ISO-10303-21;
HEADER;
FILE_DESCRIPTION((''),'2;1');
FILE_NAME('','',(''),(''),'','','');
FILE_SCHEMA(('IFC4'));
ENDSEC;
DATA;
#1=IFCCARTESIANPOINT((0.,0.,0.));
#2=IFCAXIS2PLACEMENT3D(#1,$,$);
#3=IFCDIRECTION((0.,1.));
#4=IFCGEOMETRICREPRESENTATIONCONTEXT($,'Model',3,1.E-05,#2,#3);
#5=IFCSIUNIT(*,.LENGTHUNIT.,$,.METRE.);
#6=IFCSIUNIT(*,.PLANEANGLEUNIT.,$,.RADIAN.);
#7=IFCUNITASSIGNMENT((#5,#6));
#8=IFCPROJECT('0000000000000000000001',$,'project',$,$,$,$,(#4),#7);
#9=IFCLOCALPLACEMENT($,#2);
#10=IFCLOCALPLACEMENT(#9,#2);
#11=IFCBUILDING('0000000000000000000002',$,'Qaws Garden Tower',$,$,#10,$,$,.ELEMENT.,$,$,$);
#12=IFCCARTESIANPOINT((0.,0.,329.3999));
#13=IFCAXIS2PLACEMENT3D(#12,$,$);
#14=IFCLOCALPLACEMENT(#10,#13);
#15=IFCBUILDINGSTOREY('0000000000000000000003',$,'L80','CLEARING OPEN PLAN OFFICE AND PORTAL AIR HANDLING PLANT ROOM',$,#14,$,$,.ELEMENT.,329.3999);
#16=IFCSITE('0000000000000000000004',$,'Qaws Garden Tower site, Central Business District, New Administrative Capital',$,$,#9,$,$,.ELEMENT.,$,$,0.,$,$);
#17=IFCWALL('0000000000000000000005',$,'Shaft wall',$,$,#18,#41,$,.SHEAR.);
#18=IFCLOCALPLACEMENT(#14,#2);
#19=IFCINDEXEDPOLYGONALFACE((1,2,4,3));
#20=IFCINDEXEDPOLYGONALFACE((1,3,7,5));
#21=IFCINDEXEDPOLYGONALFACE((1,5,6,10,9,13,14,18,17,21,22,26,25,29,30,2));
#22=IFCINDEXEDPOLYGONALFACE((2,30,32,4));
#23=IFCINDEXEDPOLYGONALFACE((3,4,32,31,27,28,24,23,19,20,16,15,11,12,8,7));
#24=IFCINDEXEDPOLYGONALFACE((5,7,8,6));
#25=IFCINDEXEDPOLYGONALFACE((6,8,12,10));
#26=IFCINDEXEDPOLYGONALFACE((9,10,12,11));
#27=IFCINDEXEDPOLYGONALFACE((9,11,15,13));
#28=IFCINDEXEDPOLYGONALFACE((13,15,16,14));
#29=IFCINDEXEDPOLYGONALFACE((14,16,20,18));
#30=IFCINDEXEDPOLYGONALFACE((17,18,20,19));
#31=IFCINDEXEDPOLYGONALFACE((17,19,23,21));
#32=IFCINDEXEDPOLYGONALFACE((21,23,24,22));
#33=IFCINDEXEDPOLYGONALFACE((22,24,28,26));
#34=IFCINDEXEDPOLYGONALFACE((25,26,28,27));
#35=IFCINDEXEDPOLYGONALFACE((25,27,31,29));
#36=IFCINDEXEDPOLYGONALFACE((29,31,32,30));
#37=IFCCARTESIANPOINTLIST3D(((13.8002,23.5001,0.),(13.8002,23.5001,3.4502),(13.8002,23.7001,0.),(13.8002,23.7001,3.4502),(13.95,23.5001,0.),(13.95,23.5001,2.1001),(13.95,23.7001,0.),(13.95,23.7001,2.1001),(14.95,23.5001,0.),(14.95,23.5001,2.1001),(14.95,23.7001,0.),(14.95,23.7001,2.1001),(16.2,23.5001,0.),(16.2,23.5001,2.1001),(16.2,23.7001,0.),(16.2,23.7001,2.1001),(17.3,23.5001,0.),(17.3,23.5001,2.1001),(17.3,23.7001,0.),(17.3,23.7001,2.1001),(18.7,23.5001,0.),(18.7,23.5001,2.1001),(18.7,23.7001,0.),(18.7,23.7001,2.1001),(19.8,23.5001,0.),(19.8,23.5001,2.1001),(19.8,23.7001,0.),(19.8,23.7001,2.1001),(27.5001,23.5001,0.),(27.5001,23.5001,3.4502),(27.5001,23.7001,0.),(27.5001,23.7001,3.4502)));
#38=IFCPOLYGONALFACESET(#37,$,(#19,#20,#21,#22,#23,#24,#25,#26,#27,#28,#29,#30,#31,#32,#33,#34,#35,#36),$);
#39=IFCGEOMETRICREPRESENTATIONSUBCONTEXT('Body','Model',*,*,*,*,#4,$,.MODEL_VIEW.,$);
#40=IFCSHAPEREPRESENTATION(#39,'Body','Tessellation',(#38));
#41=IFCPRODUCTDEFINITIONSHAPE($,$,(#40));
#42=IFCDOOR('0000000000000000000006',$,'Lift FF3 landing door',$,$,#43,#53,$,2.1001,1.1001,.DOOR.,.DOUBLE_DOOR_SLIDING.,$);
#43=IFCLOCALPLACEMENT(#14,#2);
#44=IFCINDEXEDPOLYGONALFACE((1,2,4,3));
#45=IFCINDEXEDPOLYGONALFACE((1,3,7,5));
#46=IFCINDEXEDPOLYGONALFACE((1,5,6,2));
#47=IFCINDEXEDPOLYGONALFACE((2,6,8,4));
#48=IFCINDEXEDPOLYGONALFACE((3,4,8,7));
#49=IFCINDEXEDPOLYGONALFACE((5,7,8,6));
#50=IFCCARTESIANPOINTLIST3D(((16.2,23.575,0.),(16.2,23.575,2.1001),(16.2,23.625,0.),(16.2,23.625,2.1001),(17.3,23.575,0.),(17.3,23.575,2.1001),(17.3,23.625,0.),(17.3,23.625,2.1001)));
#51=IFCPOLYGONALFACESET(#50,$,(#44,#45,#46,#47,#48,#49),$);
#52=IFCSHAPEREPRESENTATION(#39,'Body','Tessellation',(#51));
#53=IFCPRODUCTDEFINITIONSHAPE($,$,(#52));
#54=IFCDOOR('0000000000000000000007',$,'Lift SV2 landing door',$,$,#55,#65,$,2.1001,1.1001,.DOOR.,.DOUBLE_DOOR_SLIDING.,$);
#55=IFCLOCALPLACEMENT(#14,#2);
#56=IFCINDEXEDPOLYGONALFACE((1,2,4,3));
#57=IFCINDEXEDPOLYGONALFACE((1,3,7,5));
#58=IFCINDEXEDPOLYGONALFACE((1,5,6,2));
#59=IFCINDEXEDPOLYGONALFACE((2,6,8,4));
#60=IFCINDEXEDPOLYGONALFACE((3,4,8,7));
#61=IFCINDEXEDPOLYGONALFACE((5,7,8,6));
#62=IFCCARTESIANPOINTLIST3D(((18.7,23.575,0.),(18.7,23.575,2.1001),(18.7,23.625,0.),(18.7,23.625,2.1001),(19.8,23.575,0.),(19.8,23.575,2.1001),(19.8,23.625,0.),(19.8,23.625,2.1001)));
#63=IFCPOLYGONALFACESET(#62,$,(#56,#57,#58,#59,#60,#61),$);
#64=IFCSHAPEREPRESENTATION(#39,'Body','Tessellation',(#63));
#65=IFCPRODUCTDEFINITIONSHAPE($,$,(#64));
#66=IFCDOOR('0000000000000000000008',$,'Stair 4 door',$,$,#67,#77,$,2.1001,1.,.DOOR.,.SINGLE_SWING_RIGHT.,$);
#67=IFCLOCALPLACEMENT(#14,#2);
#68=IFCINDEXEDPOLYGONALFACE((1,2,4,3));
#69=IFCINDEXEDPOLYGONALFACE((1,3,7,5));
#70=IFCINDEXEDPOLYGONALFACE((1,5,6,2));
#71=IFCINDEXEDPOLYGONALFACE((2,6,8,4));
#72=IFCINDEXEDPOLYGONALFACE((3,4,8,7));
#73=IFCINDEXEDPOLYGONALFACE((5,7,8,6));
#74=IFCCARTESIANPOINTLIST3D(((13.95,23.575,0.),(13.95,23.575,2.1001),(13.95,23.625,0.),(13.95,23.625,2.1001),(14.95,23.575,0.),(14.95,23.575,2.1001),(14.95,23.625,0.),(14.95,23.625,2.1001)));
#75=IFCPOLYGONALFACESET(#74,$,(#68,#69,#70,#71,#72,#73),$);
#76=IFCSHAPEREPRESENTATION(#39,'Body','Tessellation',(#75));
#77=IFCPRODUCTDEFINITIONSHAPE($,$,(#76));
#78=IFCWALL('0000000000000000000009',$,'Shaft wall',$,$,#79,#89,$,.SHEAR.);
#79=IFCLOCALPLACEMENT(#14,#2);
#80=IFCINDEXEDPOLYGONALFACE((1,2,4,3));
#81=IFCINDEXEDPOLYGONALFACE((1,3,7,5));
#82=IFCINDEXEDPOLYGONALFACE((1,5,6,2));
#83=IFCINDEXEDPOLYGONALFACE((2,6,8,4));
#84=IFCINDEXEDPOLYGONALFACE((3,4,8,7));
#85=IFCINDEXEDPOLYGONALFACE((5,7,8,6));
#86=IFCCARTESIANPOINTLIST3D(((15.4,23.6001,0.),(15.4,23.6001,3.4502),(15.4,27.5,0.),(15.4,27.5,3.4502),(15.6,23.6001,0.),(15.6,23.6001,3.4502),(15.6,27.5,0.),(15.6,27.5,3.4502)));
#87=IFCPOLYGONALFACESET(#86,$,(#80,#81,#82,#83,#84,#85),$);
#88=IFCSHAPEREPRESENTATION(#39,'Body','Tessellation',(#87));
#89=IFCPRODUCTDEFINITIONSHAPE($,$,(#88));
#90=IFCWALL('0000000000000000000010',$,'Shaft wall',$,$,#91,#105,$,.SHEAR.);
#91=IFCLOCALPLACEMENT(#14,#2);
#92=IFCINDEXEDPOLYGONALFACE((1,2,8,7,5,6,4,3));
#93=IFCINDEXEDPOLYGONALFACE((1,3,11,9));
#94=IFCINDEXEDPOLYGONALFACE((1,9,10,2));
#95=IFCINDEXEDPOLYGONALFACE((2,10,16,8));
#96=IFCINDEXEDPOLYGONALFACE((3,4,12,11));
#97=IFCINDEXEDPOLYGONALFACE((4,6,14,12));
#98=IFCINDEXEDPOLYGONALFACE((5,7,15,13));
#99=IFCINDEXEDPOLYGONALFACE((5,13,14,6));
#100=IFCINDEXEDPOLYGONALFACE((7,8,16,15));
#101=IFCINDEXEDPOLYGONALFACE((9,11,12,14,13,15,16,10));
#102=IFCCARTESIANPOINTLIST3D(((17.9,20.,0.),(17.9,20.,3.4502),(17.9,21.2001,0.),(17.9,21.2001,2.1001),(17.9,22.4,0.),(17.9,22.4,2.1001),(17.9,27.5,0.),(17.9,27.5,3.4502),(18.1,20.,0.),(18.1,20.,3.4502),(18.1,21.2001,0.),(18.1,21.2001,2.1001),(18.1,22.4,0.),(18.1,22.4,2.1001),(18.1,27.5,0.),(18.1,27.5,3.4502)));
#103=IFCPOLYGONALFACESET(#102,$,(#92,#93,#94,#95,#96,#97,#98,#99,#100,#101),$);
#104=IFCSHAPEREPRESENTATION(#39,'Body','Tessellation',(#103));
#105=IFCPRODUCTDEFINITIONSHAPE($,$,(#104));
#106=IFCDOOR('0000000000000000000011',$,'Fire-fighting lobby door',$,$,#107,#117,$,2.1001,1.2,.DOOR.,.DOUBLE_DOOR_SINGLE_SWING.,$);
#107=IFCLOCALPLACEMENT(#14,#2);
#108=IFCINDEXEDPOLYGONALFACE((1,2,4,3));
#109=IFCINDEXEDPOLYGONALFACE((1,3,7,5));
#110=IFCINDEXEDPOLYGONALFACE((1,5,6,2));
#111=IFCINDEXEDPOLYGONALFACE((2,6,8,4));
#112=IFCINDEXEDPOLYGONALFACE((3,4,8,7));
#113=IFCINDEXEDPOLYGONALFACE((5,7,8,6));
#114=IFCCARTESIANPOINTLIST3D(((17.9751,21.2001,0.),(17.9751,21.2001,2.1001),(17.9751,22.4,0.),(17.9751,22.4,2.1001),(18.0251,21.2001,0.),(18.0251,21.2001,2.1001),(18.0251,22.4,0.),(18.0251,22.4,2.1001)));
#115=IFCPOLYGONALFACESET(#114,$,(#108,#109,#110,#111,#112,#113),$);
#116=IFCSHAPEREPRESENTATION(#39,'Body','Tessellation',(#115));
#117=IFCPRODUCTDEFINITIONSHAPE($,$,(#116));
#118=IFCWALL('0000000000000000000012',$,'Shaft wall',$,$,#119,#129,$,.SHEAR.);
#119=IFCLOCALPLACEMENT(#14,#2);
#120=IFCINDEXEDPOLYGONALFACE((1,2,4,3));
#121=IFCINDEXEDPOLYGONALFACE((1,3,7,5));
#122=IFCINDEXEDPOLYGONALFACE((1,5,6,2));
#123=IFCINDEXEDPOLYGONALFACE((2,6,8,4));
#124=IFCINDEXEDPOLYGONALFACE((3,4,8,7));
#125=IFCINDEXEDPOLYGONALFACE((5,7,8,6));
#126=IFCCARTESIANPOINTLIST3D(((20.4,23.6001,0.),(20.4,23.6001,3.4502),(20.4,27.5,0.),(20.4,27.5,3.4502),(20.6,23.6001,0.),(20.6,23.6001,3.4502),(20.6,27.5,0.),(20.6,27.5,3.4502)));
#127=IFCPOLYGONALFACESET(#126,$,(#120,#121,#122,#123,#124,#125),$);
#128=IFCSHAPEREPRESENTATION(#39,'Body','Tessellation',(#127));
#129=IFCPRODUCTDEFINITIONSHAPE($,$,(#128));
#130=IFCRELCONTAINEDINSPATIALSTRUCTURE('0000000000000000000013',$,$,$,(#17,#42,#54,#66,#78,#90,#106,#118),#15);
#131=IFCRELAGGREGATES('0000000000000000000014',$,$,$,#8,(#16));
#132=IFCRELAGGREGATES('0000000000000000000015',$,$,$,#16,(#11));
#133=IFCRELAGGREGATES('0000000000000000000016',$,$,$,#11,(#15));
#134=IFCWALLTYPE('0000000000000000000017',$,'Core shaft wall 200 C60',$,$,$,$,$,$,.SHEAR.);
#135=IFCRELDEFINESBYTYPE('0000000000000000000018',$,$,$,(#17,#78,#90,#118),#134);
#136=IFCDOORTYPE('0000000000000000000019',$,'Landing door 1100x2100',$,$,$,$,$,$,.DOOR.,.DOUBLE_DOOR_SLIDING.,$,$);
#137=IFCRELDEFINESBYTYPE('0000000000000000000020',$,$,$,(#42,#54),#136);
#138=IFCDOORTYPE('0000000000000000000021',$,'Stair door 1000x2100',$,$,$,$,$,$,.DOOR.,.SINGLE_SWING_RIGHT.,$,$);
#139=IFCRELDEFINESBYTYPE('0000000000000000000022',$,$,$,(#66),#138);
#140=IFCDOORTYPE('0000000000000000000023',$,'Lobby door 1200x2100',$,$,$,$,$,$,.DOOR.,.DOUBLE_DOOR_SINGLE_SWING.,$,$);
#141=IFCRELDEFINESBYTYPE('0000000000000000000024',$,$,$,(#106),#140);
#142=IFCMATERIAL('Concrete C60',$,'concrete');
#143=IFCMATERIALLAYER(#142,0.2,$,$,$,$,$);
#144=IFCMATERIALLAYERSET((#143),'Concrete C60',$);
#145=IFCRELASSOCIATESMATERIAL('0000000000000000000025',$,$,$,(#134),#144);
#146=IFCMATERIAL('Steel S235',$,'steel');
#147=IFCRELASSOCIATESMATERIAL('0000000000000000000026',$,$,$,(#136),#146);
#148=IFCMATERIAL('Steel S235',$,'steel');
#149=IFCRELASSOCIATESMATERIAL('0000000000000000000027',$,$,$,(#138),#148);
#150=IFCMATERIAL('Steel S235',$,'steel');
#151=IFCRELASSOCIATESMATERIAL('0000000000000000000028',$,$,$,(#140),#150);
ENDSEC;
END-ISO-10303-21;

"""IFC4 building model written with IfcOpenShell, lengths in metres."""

from ifc_helpers import new_model, si_unit, direction, frame, frame_2d, origin, place, context, subcontext, project, spatial, rectangle, extrude, material, layer, layer_set, type_object, element, fill, save


model = new_model("IFC4")

# Units and contexts
model_context = context("Model", 3, precision=1e-05, world=origin(), true_north=direction((0.0, 1.0)))
body_context = subcontext(model_context, "Body", "Model", "MODEL_VIEW")
ifc_project = project(units=[si_unit("LENGTHUNIT", "METRE"), si_unit("PLANEANGLEUNIT", "RADIAN")], contexts=[model_context])

# Site, building, storey
site_placement = place(None, origin())
site = spatial("IfcSite", under=ifc_project, at=site_placement, Name="Qaws Garden Tower site, Central Business District, New Administrative Capital", CompositionType="ELEMENT", RefElevation=0.0)
building_placement = place(site_placement, origin())
building = spatial("IfcBuilding", under=site, at=building_placement, Name="Qaws Garden Tower", CompositionType="ELEMENT")
storey_placement = place(building_placement, frame((0.0, 0.0, 329.3999)))
storey = spatial("IfcBuildingStorey", under=building, at=storey_placement, Name="L80", Description="CLEARING OPEN PLAN OFFICE AND PORTAL AIR HANDLING PLANT ROOM", CompositionType="ELEMENT", Elevation=329.3999)

# Wall, openings, doors
ifc_material_1 = material(Name="Concrete C60", Category="concrete")
ifc_layer_1 = layer(ifc_material_1, 0.2)
ifc_layer_set_1 = layer_set([ifc_layer_1], Name="Concrete C60")
wall_type_1 = type_object("IfcWallType", Name="Core shaft wall 200 C60", PredefinedType="SHEAR", material=ifc_layer_set_1)
wall_1_placement = place(storey_placement, frame((13.8, 23.6001, 0.0), z_axis=(0.0, 0.0, 1.0), x_axis=(1.0, 0.0, 0.0)))
wall_1 = element("IfcWall", 1, at=wall_1_placement, inside=storey, type_object=wall_type_1, Name="Shaft wall", PredefinedType="SHEAR", context=body_context, shape_type="SweptSolid", body=[
    extrude(rectangle(XDim=13.7, YDim=0.2, at=frame_2d((6.8501, 0.0))), origin(), (0.0, 0.0, 1.0), 3.4502),
])
opening_1_placement = place(wall_1_placement, frame((2.3999, 0.0, 0.0)))
opening_1 = element("IfcOpeningElement", 2, at=opening_1_placement, cuts=wall_1, PredefinedType="OPENING", context=body_context, shape_type="SweptSolid", body=[
    extrude(rectangle(XDim=1.1001, YDim=2.1001, at=frame_2d((0.55, 1.05))), frame((0.0, 0.1099, 0.0), z_axis=(0.0, -1.0, 0.0), x_axis=(1.0, 0.0, 0.0)), (0.0, 0.0, 1.0), 0.22),
])
opening_2_placement = place(wall_1_placement, frame((4.8999, 0.0, 0.0)))
opening_2 = element("IfcOpeningElement", 3, at=opening_2_placement, cuts=wall_1, PredefinedType="OPENING", context=body_context, shape_type="SweptSolid", body=[
    extrude(rectangle(XDim=1.1001, YDim=2.1001, at=frame_2d((0.55, 1.05))), frame((0.0, 0.1099, 0.0), z_axis=(0.0, -1.0, 0.0), x_axis=(1.0, 0.0, 0.0)), (0.0, 0.0, 1.0), 0.22),
])
opening_3_placement = place(wall_1_placement, frame((0.1499, 0.0, 0.0)))
opening_3 = element("IfcOpeningElement", 4, at=opening_3_placement, cuts=wall_1, PredefinedType="OPENING", context=body_context, shape_type="SweptSolid", body=[
    extrude(rectangle(XDim=1.0, YDim=2.1001, at=frame_2d((0.5, 1.05))), frame((0.0, 0.1099, 0.0), z_axis=(0.0, -1.0, 0.0), x_axis=(1.0, 0.0, 0.0)), (0.0, 0.0, 1.0), 0.22),
])
ifc_material_2 = material(Name="Steel S235", Category="steel")
door_type_1 = type_object("IfcDoorType", Name="Landing door 1100x2100", OperationType="DOUBLE_DOOR_SLIDING", PredefinedType="DOOR", material=ifc_material_2)
door_1_placement = place(opening_1_placement, origin())
door_1 = element("IfcDoor", 5, at=door_1_placement, inside=storey, type_object=door_type_1, Name="Lift FF3 landing door", OperationType="DOUBLE_DOOR_SLIDING", OverallHeight=2.1001, OverallWidth=1.1001, PredefinedType="DOOR", context=body_context, shape_type="SweptSolid", body=[
    extrude(rectangle(XDim=1.1001, YDim=2.1001, at=frame_2d((0.55, 1.05))), frame((0.0, 0.0249, 0.0), z_axis=(0.0, -1.0, 0.0), x_axis=(1.0, 0.0, 0.0)), (0.0, 0.0, 1.0), 0.05),
])
fill(opening_1, door_1)
door_2_placement = place(opening_2_placement, origin())
door_2 = element("IfcDoor", 6, at=door_2_placement, inside=storey, type_object=door_type_1, Name="Lift SV2 landing door", OperationType="DOUBLE_DOOR_SLIDING", OverallHeight=2.1001, OverallWidth=1.1001, PredefinedType="DOOR", context=body_context, shape_type="SweptSolid", body=[
    extrude(rectangle(XDim=1.1001, YDim=2.1001, at=frame_2d((0.55, 1.05))), frame((0.0, 0.0249, 0.0), z_axis=(0.0, -1.0, 0.0), x_axis=(1.0, 0.0, 0.0)), (0.0, 0.0, 1.0), 0.05),
])
fill(opening_2, door_2)
ifc_material_3 = material(Name="Steel S235", Category="steel")
door_type_2 = type_object("IfcDoorType", Name="Stair door 1000x2100", OperationType="SINGLE_SWING_RIGHT", PredefinedType="DOOR", material=ifc_material_3)
door_3_placement = place(opening_3_placement, origin())
door_3 = element("IfcDoor", 7, at=door_3_placement, inside=storey, type_object=door_type_2, Name="Stair 4 door", OperationType="SINGLE_SWING_RIGHT", OverallHeight=2.1001, OverallWidth=1.0, PredefinedType="DOOR", context=body_context, shape_type="SweptSolid", body=[
    extrude(rectangle(XDim=1.0, YDim=2.1001, at=frame_2d((0.5, 1.05))), frame((0.0, 0.0249, 0.0), z_axis=(0.0, -1.0, 0.0), x_axis=(1.0, 0.0, 0.0)), (0.0, 0.0, 1.0), 0.05),
])
fill(opening_3, door_3)

# Wall
wall_2_placement = place(storey_placement, frame((15.5, 23.6001, 0.0), z_axis=(0.0, 0.0, 1.0), x_axis=(0.0, 1.0, 0.0)))
element("IfcWall", 8, at=wall_2_placement, inside=storey, type_object=wall_type_1, Name="Shaft wall", PredefinedType="SHEAR", context=body_context, shape_type="SweptSolid", body=[
    extrude(rectangle(XDim=3.8999, YDim=0.2, at=frame_2d((1.95, 0.0))), origin(), (0.0, 0.0, 1.0), 3.4502),
])

# Wall, opening, door
wall_3_placement = place(storey_placement, frame((18.0, 20.0, 0.0), z_axis=(0.0, 0.0, 1.0), x_axis=(0.0, 1.0, 0.0)))
wall_3 = element("IfcWall", 9, at=wall_3_placement, inside=storey, type_object=wall_type_1, Name="Shaft wall", PredefinedType="SHEAR", context=body_context, shape_type="SweptSolid", body=[
    extrude(rectangle(XDim=7.5, YDim=0.2, at=frame_2d((3.75, 0.0))), origin(), (0.0, 0.0, 1.0), 3.4502),
])
opening_4_placement = place(wall_3_placement, frame((1.2, 0.0, 0.0)))
opening_4 = element("IfcOpeningElement", 10, at=opening_4_placement, cuts=wall_3, PredefinedType="OPENING", context=body_context, shape_type="SweptSolid", body=[
    extrude(rectangle(XDim=1.2, YDim=2.1001, at=frame_2d((0.6001, 1.05))), frame((0.0, 0.1099, 0.0), z_axis=(0.0, -1.0, 0.0), x_axis=(1.0, 0.0, 0.0)), (0.0, 0.0, 1.0), 0.22),
])
ifc_material_4 = material(Name="Steel S235", Category="steel")
door_type_3 = type_object("IfcDoorType", Name="Lobby door 1200x2100", OperationType="DOUBLE_DOOR_SINGLE_SWING", PredefinedType="DOOR", material=ifc_material_4)
door_4_placement = place(opening_4_placement, origin())
door_4 = element("IfcDoor", 11, at=door_4_placement, inside=storey, type_object=door_type_3, Name="Fire-fighting lobby door", OperationType="DOUBLE_DOOR_SINGLE_SWING", OverallHeight=2.1001, OverallWidth=1.2, PredefinedType="DOOR", context=body_context, shape_type="SweptSolid", body=[
    extrude(rectangle(XDim=1.2, YDim=2.1001, at=frame_2d((0.6001, 1.05))), frame((0.0, 0.0249, 0.0), z_axis=(0.0, -1.0, 0.0), x_axis=(1.0, 0.0, 0.0)), (0.0, 0.0, 1.0), 0.05),
])
fill(opening_4, door_4)

# Wall
wall_4_placement = place(storey_placement, frame((20.5, 23.6001, 0.0), z_axis=(0.0, 0.0, 1.0), x_axis=(0.0, 1.0, 0.0)))
element("IfcWall", 12, at=wall_4_placement, inside=storey, type_object=wall_type_1, Name="Shaft wall", PredefinedType="SHEAR", context=body_context, shape_type="SweptSolid", body=[
    extrude(rectangle(XDim=3.8999, YDim=0.2, at=frame_2d((1.95, 0.0))), origin(), (0.0, 0.0, 1.0), 3.4502),
])

save(model, "model.ifc")
